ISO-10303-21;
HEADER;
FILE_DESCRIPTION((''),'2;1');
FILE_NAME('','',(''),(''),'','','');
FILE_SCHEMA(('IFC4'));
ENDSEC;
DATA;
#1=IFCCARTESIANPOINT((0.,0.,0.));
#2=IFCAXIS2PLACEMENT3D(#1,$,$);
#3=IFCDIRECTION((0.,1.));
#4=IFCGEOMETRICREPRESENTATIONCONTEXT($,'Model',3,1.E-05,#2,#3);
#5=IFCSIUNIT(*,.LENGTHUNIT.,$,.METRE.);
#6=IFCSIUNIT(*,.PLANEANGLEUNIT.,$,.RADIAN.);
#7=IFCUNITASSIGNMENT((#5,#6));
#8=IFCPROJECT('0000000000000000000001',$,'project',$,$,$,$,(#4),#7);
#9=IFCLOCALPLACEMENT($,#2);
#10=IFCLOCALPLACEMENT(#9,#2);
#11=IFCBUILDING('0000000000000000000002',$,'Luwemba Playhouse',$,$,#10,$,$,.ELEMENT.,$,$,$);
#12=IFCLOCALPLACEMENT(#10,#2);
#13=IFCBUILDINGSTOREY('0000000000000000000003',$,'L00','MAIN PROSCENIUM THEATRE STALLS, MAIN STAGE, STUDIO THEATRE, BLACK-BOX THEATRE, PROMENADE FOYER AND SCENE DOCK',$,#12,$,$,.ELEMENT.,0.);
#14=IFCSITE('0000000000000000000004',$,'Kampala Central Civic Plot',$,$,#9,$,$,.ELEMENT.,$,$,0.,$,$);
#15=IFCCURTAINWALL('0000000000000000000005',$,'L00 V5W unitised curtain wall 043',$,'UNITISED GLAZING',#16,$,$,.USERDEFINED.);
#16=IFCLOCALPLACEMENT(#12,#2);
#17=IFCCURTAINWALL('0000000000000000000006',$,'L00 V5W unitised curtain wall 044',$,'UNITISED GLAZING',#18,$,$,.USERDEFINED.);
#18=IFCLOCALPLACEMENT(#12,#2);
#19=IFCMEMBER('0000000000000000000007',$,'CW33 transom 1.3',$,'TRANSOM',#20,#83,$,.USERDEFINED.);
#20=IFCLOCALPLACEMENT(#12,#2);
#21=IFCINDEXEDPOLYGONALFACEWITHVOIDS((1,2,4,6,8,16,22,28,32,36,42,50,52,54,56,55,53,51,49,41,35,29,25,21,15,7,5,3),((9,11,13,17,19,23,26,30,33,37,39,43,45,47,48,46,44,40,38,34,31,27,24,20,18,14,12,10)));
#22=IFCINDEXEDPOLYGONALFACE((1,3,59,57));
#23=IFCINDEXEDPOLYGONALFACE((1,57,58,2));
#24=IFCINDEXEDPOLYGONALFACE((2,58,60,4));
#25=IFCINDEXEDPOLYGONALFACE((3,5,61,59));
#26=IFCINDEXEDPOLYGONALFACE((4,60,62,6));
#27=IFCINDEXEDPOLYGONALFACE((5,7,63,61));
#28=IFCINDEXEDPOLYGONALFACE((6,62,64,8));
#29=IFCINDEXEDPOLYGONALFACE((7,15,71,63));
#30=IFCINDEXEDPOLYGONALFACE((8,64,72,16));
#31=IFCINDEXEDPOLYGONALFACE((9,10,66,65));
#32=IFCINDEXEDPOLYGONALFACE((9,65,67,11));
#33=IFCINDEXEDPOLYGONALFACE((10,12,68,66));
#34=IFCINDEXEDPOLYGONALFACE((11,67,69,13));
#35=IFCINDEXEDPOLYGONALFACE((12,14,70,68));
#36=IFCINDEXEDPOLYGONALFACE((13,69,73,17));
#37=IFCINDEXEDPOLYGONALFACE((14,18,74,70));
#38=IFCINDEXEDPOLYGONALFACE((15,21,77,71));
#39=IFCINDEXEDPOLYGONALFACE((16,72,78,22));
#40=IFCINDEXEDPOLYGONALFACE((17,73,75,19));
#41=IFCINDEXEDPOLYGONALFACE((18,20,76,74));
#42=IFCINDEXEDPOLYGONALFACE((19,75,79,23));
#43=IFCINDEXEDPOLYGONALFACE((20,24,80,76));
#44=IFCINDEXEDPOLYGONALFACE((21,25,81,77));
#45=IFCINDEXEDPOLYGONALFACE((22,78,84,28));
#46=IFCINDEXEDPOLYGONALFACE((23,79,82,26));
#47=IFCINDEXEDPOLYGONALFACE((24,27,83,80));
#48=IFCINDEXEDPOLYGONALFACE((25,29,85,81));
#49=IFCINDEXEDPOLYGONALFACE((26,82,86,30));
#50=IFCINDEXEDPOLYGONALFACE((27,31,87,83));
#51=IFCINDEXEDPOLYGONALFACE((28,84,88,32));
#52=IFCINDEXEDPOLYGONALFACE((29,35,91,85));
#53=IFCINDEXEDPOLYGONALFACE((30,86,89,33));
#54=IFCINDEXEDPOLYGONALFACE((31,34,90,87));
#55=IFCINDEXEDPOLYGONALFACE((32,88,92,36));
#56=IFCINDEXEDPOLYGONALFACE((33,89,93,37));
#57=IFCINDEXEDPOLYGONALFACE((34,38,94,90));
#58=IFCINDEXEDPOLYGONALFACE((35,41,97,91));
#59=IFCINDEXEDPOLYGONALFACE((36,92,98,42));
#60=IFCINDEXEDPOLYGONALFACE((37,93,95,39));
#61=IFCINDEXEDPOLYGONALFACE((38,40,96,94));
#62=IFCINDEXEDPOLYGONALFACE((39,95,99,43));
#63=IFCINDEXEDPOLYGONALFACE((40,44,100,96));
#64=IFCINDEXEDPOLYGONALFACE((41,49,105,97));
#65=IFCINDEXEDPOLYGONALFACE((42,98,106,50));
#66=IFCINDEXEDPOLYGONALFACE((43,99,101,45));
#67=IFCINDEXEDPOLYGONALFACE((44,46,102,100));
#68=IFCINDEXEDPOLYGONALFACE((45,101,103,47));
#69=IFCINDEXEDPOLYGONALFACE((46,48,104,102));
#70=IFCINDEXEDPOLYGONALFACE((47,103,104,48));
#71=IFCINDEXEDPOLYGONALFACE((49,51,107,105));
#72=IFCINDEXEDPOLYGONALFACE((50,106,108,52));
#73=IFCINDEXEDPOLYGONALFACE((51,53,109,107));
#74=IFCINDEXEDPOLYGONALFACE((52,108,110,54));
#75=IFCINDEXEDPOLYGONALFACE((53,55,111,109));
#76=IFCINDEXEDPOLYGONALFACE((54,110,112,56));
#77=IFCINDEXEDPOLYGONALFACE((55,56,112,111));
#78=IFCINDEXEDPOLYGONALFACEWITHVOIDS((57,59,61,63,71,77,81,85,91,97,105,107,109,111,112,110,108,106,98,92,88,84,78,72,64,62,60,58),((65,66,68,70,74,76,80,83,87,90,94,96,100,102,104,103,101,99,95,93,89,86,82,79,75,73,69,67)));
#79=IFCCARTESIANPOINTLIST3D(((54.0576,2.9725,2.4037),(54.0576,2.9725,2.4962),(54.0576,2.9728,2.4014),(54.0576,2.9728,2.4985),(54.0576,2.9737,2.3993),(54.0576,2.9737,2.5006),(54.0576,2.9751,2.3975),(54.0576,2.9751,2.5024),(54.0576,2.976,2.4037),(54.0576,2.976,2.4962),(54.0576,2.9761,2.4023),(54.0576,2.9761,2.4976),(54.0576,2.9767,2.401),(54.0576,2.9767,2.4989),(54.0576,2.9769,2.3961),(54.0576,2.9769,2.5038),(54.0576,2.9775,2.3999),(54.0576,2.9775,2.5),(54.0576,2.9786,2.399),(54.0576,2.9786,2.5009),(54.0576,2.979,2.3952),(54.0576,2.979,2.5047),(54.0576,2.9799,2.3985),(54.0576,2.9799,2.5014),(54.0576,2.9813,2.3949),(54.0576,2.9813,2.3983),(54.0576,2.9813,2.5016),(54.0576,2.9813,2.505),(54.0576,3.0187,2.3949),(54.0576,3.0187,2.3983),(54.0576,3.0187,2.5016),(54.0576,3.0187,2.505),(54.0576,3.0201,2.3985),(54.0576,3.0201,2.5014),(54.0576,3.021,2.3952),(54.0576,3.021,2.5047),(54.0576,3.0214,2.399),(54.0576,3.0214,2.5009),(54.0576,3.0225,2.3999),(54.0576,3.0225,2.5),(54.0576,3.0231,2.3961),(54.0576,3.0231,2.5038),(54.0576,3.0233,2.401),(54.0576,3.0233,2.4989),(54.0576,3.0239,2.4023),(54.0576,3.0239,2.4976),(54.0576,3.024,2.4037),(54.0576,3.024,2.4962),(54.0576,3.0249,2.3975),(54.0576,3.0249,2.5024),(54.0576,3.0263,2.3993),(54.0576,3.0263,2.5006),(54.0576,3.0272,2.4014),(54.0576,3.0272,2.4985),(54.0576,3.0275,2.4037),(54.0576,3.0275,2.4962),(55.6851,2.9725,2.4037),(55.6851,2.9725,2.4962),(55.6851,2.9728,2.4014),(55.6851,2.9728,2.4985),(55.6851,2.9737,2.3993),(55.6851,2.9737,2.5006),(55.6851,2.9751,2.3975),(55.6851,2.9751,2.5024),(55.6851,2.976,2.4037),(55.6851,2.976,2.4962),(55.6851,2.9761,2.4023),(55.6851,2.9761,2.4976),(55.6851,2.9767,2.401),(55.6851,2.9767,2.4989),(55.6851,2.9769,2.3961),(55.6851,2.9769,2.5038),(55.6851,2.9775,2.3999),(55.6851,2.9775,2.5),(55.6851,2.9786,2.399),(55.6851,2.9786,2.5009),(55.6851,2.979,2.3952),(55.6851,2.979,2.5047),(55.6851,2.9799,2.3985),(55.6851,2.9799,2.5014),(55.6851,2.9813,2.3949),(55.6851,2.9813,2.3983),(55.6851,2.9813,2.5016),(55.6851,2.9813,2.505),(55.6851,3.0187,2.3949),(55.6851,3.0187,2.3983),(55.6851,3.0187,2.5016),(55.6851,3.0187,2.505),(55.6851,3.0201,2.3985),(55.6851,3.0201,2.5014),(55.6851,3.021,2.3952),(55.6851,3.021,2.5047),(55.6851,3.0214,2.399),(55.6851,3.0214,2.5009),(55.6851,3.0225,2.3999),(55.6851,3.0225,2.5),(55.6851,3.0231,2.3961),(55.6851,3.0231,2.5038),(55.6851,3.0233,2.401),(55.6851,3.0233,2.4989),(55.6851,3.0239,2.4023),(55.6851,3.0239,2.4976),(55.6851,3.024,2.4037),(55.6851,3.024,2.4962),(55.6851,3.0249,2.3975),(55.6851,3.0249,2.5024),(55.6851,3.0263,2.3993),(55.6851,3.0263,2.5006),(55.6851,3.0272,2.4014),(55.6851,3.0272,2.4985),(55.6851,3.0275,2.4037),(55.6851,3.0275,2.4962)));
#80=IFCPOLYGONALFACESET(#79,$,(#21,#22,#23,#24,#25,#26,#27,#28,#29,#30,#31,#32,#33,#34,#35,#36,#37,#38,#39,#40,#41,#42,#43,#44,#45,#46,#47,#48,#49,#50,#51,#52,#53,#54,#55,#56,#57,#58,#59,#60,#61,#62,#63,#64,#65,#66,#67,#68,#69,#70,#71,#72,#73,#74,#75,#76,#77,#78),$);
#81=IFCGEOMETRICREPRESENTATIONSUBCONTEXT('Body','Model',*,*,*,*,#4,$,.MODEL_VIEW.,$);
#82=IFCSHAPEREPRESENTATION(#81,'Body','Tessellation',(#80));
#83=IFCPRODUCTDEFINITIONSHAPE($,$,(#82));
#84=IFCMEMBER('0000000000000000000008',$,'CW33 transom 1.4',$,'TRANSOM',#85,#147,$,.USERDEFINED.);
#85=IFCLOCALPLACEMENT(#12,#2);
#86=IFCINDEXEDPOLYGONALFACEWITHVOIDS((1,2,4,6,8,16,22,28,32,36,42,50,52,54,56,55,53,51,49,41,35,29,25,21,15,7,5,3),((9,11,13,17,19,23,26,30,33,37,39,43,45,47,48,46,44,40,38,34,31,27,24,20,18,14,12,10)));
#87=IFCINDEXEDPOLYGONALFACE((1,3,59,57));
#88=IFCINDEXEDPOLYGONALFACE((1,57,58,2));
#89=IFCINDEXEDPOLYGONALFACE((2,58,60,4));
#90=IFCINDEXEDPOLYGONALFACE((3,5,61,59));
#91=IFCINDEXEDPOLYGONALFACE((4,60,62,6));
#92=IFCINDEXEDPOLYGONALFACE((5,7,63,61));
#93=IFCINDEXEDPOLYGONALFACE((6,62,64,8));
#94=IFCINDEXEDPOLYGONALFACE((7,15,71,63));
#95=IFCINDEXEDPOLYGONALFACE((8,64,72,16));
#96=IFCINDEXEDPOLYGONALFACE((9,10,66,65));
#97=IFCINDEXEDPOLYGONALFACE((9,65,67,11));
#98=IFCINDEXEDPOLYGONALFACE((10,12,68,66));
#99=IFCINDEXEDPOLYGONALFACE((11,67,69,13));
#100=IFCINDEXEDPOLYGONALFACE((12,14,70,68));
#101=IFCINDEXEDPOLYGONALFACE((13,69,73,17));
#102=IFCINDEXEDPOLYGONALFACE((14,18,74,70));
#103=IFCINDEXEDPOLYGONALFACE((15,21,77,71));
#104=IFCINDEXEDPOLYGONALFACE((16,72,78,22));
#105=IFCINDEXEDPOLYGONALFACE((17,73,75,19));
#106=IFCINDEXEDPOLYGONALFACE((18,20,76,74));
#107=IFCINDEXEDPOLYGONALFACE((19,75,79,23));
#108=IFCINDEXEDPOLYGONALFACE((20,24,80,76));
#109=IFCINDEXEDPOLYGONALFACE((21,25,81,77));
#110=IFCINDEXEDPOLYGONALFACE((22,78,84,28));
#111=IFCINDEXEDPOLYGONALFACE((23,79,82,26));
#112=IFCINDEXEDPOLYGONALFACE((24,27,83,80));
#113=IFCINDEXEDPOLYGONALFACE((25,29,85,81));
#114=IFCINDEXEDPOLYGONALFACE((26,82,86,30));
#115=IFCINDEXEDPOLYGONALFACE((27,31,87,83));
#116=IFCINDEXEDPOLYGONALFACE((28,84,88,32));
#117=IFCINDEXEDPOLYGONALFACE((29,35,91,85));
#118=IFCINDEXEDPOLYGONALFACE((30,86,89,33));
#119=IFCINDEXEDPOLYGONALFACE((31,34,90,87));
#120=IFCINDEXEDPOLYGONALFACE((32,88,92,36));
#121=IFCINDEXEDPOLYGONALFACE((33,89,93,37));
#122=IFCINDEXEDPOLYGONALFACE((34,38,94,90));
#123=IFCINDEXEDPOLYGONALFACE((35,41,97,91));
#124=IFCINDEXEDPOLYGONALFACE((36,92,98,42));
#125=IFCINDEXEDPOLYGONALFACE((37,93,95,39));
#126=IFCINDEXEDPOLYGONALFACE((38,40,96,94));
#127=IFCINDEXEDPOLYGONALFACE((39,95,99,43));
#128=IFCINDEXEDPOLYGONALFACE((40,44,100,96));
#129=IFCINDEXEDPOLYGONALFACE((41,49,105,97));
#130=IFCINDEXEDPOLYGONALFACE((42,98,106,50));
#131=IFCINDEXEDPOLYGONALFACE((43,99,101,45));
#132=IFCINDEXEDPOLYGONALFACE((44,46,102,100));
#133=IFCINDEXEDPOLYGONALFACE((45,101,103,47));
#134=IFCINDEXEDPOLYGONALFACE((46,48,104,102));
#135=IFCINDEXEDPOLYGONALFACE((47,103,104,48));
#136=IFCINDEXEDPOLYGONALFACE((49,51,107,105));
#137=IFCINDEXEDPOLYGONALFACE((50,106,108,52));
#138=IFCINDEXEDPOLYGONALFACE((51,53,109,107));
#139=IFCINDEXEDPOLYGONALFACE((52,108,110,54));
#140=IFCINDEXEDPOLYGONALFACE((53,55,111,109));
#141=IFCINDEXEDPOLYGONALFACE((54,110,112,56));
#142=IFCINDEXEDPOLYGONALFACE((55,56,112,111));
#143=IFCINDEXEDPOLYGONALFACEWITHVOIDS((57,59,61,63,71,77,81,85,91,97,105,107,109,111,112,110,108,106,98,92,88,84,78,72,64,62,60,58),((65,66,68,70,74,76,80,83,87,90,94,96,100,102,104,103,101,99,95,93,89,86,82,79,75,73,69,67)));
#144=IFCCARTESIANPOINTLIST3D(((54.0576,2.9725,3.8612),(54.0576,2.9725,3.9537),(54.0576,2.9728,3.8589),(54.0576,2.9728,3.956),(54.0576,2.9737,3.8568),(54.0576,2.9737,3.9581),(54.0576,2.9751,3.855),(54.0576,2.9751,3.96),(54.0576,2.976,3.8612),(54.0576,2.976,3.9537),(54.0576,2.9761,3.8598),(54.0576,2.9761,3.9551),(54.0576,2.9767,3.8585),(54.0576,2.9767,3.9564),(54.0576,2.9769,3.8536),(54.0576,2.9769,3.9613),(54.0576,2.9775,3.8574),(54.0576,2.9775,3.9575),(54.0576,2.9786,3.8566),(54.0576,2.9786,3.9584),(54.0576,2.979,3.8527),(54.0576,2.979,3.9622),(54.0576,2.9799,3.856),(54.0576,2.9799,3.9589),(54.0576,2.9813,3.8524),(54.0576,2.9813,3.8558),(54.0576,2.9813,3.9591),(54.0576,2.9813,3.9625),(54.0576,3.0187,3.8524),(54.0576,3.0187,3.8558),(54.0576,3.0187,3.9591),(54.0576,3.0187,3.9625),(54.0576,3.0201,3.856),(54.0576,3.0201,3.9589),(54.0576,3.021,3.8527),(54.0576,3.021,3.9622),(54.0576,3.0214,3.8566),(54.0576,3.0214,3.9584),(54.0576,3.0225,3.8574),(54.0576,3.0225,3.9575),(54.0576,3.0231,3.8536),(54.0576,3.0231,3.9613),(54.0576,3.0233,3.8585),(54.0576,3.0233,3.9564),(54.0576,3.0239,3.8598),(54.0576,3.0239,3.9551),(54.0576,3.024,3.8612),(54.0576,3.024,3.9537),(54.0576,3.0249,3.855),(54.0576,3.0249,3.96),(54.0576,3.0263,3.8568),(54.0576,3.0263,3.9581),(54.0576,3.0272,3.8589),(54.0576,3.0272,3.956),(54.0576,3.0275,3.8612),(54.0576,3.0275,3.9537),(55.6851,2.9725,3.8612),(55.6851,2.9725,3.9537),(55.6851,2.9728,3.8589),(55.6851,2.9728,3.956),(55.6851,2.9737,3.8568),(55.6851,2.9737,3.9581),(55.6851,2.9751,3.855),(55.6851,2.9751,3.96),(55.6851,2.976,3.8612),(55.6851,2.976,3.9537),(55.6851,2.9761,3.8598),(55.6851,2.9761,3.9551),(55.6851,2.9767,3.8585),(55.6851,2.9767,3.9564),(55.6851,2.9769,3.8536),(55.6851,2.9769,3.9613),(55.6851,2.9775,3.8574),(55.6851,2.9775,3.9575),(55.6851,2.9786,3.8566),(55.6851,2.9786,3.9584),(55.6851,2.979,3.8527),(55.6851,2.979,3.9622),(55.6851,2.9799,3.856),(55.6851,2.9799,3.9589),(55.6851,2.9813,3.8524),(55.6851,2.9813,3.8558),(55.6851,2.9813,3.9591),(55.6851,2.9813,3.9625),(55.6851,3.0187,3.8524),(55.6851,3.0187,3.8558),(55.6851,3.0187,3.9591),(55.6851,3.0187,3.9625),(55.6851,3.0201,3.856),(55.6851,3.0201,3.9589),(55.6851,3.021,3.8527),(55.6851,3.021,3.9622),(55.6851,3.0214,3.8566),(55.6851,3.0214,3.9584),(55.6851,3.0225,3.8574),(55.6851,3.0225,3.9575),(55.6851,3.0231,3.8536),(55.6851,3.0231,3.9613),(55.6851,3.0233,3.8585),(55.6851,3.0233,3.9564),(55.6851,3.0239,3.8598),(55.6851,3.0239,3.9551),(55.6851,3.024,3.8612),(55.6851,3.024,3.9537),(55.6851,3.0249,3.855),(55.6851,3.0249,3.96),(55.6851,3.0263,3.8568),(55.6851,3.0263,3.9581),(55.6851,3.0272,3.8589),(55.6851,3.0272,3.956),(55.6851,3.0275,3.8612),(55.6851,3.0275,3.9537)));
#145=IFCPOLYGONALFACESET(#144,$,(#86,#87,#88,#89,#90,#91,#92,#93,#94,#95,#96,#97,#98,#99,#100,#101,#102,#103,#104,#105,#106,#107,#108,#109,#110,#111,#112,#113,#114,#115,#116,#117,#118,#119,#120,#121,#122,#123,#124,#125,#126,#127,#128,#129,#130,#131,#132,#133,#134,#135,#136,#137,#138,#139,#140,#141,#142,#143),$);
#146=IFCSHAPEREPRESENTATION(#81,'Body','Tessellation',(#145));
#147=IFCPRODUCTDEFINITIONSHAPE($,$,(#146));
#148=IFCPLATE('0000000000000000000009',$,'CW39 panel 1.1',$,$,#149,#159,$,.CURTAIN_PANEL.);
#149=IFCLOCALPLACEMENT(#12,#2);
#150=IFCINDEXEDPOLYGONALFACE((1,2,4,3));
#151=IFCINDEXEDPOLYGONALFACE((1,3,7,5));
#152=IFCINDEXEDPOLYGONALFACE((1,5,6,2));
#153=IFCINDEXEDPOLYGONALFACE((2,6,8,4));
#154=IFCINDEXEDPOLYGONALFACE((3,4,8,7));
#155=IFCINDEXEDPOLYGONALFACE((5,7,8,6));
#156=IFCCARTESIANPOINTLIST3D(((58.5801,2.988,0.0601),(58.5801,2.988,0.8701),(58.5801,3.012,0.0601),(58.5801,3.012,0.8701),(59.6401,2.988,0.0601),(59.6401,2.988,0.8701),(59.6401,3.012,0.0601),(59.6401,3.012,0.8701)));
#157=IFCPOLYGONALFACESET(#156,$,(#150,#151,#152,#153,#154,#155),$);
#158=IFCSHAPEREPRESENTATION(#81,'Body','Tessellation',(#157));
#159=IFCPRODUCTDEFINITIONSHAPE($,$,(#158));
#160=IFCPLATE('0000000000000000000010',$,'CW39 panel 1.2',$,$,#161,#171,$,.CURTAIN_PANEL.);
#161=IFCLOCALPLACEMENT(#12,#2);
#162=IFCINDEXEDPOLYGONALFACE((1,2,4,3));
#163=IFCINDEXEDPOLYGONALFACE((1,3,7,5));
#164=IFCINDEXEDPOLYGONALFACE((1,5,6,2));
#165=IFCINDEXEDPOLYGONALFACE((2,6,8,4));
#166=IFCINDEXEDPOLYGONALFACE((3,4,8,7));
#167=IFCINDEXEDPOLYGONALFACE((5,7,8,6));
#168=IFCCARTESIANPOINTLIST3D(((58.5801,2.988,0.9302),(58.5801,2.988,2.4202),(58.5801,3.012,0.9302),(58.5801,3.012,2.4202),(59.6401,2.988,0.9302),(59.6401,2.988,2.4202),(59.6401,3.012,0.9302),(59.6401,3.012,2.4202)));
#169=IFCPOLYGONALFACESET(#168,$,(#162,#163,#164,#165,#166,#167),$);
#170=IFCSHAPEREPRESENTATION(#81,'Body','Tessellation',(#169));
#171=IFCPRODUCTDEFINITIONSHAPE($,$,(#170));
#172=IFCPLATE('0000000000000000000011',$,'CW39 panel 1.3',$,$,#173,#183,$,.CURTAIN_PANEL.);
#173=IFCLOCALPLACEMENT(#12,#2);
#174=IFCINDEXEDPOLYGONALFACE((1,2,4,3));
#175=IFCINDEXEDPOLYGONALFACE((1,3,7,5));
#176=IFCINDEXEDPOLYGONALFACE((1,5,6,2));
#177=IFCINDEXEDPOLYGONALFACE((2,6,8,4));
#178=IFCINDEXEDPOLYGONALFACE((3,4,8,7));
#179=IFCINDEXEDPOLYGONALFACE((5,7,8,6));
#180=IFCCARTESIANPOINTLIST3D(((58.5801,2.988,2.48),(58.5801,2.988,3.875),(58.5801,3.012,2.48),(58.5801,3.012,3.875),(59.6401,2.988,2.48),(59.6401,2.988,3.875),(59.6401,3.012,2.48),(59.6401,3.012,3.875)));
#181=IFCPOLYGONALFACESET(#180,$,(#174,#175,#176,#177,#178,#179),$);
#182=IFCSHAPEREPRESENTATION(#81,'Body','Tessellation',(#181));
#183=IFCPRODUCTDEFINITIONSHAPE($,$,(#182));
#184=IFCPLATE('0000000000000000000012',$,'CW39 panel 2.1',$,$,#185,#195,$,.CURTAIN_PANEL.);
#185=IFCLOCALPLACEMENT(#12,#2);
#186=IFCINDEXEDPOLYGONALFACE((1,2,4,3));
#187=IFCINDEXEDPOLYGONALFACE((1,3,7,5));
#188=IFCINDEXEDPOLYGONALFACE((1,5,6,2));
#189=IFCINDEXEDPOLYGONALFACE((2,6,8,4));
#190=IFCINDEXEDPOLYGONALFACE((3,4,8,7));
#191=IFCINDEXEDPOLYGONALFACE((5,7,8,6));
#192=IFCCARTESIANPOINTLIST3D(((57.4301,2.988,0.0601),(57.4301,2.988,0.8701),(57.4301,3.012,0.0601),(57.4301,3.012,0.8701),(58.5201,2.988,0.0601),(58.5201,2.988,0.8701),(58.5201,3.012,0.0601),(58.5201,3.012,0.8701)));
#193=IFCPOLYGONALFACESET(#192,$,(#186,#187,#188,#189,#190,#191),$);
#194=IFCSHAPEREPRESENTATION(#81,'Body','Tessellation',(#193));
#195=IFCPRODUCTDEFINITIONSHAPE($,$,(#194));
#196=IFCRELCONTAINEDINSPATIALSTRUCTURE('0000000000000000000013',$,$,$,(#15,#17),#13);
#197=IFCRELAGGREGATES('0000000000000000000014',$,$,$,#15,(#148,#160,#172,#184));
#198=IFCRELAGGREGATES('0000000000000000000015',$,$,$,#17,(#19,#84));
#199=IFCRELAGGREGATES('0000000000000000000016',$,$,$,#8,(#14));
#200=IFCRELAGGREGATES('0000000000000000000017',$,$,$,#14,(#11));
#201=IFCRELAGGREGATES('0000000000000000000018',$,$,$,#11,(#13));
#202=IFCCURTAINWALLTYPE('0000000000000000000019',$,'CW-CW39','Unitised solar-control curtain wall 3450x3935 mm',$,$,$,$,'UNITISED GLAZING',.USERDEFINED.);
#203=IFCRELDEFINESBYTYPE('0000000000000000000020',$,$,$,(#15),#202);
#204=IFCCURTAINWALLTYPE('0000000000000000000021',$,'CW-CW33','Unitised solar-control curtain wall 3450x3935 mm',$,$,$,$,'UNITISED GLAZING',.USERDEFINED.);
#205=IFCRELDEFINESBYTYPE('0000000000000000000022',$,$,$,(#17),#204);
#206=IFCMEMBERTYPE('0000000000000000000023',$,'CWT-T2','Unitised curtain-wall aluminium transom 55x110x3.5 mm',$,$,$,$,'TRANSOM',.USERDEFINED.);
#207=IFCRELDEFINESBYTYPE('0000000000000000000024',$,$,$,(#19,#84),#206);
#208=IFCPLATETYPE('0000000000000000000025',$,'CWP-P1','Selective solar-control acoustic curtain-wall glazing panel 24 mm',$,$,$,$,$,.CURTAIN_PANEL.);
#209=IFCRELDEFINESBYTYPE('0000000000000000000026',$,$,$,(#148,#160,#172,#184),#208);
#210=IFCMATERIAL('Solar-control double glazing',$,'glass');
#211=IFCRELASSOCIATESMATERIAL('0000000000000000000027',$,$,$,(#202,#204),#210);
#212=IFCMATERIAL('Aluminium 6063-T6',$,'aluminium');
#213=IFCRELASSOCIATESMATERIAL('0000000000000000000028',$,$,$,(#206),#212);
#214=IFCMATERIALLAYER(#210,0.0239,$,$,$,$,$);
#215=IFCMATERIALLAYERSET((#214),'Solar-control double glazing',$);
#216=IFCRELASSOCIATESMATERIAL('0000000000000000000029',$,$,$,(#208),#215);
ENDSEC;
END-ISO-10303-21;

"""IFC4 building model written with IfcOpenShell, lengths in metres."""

from ifc_helpers import new_model, si_unit, direction, frame, origin, origin_2d, place, context, subcontext, project, spatial, rectangle, hollow_rectangle, extrude, material, layer, layer_set, material_profile, profile_set, type_object, element, aggregate, save


model = new_model("IFC4")

# Units and contexts
model_context = context("Model", 3, precision=1e-05, world=origin(), true_north=direction((0.0, 1.0)))
body_context = subcontext(model_context, "Body", "Model", "MODEL_VIEW")
ifc_project = project(units=[si_unit("LENGTHUNIT", "METRE"), si_unit("PLANEANGLEUNIT", "RADIAN")], contexts=[model_context])

# Site, building, storey
site_placement = place(None, origin())
site = spatial("IfcSite", under=ifc_project, at=site_placement, Name="Kampala Central Civic Plot", CompositionType="ELEMENT", RefElevation=0.0)
building_placement = place(site_placement, origin())
building = spatial("IfcBuilding", under=site, at=building_placement, Name="Luwemba Playhouse", CompositionType="ELEMENT")
storey_placement = place(building_placement, origin())
storey = spatial("IfcBuildingStorey", under=building, at=storey_placement, Name="L00", Description="MAIN PROSCENIUM THEATRE STALLS, MAIN STAGE, STUDIO THEATRE, BLACK-BOX THEATRE, PROMENADE FOYER AND SCENE DOCK", CompositionType="ELEMENT", Elevation=0.0)

# Curtain wall
ifc_material_1 = material(Name="Solar-control double glazing", Category="glass")
curtain_wall_type_1 = type_object("IfcCurtainWallType", Name="CW-CW39", Description="Unitised solar-control curtain wall 3450x3935 mm", ElementType="UNITISED GLAZING", PredefinedType="USERDEFINED", material=ifc_material_1)
curtain_wall_1_placement = place(storey_placement, origin())
curtain_wall_1 = element("IfcCurtainWall", 1, at=curtain_wall_1_placement, inside=storey, type_object=curtain_wall_type_1, Name="L00 V5W unitised curtain wall 043", ObjectType="UNITISED GLAZING", PredefinedType="USERDEFINED")
ifc_material_2 = material(Name="Aluminium 6063-T6", Category="aluminium")

# Curtain wall
curtain_wall_type_2 = type_object("IfcCurtainWallType", Name="CW-CW33", Description="Unitised solar-control curtain wall 3450x3935 mm", ElementType="UNITISED GLAZING", PredefinedType="USERDEFINED", material=ifc_material_1)
curtain_wall_2_placement = place(storey_placement, origin())
curtain_wall_2 = element("IfcCurtainWall", 2, at=curtain_wall_2_placement, inside=storey, type_object=curtain_wall_type_2, Name="L00 V5W unitised curtain wall 044", ObjectType="UNITISED GLAZING", PredefinedType="USERDEFINED")

# Members
ifc_material_profile_1 = material_profile(ifc_material_2, hollow_rectangle(XDim=0.0549, YDim=0.1101, WallThickness=0.0034, InnerFilletRadius=0.0054, OuterFilletRadius=0.0088, at=origin_2d()))
ifc_profile_set_1 = profile_set([ifc_material_profile_1], Name="Aluminium 6063-T6")
member_type_1 = type_object("IfcMemberType", Name="CWT-T2", Description="Unitised curtain-wall aluminium transom 55x110x3.5 mm", ElementType="TRANSOM", PredefinedType="USERDEFINED", material=ifc_profile_set_1)
member_1_placement = place(storey_placement, frame((55.6851, 3.0, 2.45), z_axis=(-1.0, 0.0, 0.0), x_axis=(0.0, -1.0, 0.0)))
member_1 = element("IfcMember", 3, at=member_1_placement, type_object=member_type_1, Name="CW33 transom 1.3", ObjectType="TRANSOM", PredefinedType="USERDEFINED", context=body_context, shape_type="SweptSolid", body=[
    extrude(hollow_rectangle(XDim=0.0549, YDim=0.1101, WallThickness=0.0034, InnerFilletRadius=0.0054, OuterFilletRadius=0.0088, at=origin_2d()), origin(), (0.0, 0.0, 1.0), 1.6274),
])
member_2_placement = place(storey_placement, frame((55.6851, 3.0, 3.9075), z_axis=(-1.0, 0.0, 0.0), x_axis=(0.0, -1.0, 0.0)))
member_2 = element("IfcMember", 4, at=member_2_placement, type_object=member_type_1, Name="CW33 transom 1.4", ObjectType="TRANSOM", PredefinedType="USERDEFINED", context=body_context, shape_type="SweptSolid", body=[
    extrude(hollow_rectangle(XDim=0.0549, YDim=0.1101, WallThickness=0.0034, InnerFilletRadius=0.0054, OuterFilletRadius=0.0088, at=origin_2d()), origin(), (0.0, 0.0, 1.0), 1.6274),
])

# Plates
ifc_layer_1 = layer(ifc_material_1, 0.0239)
ifc_layer_set_1 = layer_set([ifc_layer_1], Name="Solar-control double glazing")
plate_type_1 = type_object("IfcPlateType", Name="CWP-P1", Description="Selective solar-control acoustic curtain-wall glazing panel 24 mm", PredefinedType="CURTAIN_PANEL", material=ifc_layer_set_1)
plate_1_placement = place(storey_placement, frame((59.1101, 3.0, 0.0601), z_axis=(0.0, 0.0, 1.0), x_axis=(-1.0, 0.0, 0.0)))
plate_1 = element("IfcPlate", 5, at=plate_1_placement, type_object=plate_type_1, Name="CW39 panel 1.1", PredefinedType="CURTAIN_PANEL", context=body_context, shape_type="SweptSolid", body=[
    extrude(rectangle(XDim=1.0601, YDim=0.0239, at=origin_2d()), origin(), (0.0, 0.0, 1.0), 0.8101),
])
plate_2_placement = place(storey_placement, frame((59.1101, 3.0, 0.9302), z_axis=(0.0, 0.0, 1.0), x_axis=(-1.0, 0.0, 0.0)))
plate_2 = element("IfcPlate", 6, at=plate_2_placement, type_object=plate_type_1, Name="CW39 panel 1.2", PredefinedType="CURTAIN_PANEL", context=body_context, shape_type="SweptSolid", body=[
    extrude(rectangle(XDim=1.0601, YDim=0.0239, at=origin_2d()), origin(), (0.0, 0.0, 1.0), 1.49),
])
plate_3_placement = place(storey_placement, frame((59.1101, 3.0, 2.48), z_axis=(0.0, 0.0, 1.0), x_axis=(-1.0, 0.0, 0.0)))
plate_3 = element("IfcPlate", 7, at=plate_3_placement, type_object=plate_type_1, Name="CW39 panel 1.3", PredefinedType="CURTAIN_PANEL", context=body_context, shape_type="SweptSolid", body=[
    extrude(rectangle(XDim=1.0601, YDim=0.0239, at=origin_2d()), origin(), (0.0, 0.0, 1.0), 1.395),
])
plate_4_placement = place(storey_placement, frame((57.9751, 3.0, 0.0601), z_axis=(0.0, 0.0, 1.0), x_axis=(-1.0, 0.0, 0.0)))
plate_4 = element("IfcPlate", 8, at=plate_4_placement, type_object=plate_type_1, Name="CW39 panel 2.1", PredefinedType="CURTAIN_PANEL", context=body_context, shape_type="SweptSolid", body=[
    extrude(rectangle(XDim=1.0901, YDim=0.0239, at=origin_2d()), origin(), (0.0, 0.0, 1.0), 0.8101),
])
aggregate(curtain_wall_1, [plate_1, plate_2, plate_3, plate_4])
aggregate(curtain_wall_2, [member_1, member_2])

save(model, "model.ifc")
